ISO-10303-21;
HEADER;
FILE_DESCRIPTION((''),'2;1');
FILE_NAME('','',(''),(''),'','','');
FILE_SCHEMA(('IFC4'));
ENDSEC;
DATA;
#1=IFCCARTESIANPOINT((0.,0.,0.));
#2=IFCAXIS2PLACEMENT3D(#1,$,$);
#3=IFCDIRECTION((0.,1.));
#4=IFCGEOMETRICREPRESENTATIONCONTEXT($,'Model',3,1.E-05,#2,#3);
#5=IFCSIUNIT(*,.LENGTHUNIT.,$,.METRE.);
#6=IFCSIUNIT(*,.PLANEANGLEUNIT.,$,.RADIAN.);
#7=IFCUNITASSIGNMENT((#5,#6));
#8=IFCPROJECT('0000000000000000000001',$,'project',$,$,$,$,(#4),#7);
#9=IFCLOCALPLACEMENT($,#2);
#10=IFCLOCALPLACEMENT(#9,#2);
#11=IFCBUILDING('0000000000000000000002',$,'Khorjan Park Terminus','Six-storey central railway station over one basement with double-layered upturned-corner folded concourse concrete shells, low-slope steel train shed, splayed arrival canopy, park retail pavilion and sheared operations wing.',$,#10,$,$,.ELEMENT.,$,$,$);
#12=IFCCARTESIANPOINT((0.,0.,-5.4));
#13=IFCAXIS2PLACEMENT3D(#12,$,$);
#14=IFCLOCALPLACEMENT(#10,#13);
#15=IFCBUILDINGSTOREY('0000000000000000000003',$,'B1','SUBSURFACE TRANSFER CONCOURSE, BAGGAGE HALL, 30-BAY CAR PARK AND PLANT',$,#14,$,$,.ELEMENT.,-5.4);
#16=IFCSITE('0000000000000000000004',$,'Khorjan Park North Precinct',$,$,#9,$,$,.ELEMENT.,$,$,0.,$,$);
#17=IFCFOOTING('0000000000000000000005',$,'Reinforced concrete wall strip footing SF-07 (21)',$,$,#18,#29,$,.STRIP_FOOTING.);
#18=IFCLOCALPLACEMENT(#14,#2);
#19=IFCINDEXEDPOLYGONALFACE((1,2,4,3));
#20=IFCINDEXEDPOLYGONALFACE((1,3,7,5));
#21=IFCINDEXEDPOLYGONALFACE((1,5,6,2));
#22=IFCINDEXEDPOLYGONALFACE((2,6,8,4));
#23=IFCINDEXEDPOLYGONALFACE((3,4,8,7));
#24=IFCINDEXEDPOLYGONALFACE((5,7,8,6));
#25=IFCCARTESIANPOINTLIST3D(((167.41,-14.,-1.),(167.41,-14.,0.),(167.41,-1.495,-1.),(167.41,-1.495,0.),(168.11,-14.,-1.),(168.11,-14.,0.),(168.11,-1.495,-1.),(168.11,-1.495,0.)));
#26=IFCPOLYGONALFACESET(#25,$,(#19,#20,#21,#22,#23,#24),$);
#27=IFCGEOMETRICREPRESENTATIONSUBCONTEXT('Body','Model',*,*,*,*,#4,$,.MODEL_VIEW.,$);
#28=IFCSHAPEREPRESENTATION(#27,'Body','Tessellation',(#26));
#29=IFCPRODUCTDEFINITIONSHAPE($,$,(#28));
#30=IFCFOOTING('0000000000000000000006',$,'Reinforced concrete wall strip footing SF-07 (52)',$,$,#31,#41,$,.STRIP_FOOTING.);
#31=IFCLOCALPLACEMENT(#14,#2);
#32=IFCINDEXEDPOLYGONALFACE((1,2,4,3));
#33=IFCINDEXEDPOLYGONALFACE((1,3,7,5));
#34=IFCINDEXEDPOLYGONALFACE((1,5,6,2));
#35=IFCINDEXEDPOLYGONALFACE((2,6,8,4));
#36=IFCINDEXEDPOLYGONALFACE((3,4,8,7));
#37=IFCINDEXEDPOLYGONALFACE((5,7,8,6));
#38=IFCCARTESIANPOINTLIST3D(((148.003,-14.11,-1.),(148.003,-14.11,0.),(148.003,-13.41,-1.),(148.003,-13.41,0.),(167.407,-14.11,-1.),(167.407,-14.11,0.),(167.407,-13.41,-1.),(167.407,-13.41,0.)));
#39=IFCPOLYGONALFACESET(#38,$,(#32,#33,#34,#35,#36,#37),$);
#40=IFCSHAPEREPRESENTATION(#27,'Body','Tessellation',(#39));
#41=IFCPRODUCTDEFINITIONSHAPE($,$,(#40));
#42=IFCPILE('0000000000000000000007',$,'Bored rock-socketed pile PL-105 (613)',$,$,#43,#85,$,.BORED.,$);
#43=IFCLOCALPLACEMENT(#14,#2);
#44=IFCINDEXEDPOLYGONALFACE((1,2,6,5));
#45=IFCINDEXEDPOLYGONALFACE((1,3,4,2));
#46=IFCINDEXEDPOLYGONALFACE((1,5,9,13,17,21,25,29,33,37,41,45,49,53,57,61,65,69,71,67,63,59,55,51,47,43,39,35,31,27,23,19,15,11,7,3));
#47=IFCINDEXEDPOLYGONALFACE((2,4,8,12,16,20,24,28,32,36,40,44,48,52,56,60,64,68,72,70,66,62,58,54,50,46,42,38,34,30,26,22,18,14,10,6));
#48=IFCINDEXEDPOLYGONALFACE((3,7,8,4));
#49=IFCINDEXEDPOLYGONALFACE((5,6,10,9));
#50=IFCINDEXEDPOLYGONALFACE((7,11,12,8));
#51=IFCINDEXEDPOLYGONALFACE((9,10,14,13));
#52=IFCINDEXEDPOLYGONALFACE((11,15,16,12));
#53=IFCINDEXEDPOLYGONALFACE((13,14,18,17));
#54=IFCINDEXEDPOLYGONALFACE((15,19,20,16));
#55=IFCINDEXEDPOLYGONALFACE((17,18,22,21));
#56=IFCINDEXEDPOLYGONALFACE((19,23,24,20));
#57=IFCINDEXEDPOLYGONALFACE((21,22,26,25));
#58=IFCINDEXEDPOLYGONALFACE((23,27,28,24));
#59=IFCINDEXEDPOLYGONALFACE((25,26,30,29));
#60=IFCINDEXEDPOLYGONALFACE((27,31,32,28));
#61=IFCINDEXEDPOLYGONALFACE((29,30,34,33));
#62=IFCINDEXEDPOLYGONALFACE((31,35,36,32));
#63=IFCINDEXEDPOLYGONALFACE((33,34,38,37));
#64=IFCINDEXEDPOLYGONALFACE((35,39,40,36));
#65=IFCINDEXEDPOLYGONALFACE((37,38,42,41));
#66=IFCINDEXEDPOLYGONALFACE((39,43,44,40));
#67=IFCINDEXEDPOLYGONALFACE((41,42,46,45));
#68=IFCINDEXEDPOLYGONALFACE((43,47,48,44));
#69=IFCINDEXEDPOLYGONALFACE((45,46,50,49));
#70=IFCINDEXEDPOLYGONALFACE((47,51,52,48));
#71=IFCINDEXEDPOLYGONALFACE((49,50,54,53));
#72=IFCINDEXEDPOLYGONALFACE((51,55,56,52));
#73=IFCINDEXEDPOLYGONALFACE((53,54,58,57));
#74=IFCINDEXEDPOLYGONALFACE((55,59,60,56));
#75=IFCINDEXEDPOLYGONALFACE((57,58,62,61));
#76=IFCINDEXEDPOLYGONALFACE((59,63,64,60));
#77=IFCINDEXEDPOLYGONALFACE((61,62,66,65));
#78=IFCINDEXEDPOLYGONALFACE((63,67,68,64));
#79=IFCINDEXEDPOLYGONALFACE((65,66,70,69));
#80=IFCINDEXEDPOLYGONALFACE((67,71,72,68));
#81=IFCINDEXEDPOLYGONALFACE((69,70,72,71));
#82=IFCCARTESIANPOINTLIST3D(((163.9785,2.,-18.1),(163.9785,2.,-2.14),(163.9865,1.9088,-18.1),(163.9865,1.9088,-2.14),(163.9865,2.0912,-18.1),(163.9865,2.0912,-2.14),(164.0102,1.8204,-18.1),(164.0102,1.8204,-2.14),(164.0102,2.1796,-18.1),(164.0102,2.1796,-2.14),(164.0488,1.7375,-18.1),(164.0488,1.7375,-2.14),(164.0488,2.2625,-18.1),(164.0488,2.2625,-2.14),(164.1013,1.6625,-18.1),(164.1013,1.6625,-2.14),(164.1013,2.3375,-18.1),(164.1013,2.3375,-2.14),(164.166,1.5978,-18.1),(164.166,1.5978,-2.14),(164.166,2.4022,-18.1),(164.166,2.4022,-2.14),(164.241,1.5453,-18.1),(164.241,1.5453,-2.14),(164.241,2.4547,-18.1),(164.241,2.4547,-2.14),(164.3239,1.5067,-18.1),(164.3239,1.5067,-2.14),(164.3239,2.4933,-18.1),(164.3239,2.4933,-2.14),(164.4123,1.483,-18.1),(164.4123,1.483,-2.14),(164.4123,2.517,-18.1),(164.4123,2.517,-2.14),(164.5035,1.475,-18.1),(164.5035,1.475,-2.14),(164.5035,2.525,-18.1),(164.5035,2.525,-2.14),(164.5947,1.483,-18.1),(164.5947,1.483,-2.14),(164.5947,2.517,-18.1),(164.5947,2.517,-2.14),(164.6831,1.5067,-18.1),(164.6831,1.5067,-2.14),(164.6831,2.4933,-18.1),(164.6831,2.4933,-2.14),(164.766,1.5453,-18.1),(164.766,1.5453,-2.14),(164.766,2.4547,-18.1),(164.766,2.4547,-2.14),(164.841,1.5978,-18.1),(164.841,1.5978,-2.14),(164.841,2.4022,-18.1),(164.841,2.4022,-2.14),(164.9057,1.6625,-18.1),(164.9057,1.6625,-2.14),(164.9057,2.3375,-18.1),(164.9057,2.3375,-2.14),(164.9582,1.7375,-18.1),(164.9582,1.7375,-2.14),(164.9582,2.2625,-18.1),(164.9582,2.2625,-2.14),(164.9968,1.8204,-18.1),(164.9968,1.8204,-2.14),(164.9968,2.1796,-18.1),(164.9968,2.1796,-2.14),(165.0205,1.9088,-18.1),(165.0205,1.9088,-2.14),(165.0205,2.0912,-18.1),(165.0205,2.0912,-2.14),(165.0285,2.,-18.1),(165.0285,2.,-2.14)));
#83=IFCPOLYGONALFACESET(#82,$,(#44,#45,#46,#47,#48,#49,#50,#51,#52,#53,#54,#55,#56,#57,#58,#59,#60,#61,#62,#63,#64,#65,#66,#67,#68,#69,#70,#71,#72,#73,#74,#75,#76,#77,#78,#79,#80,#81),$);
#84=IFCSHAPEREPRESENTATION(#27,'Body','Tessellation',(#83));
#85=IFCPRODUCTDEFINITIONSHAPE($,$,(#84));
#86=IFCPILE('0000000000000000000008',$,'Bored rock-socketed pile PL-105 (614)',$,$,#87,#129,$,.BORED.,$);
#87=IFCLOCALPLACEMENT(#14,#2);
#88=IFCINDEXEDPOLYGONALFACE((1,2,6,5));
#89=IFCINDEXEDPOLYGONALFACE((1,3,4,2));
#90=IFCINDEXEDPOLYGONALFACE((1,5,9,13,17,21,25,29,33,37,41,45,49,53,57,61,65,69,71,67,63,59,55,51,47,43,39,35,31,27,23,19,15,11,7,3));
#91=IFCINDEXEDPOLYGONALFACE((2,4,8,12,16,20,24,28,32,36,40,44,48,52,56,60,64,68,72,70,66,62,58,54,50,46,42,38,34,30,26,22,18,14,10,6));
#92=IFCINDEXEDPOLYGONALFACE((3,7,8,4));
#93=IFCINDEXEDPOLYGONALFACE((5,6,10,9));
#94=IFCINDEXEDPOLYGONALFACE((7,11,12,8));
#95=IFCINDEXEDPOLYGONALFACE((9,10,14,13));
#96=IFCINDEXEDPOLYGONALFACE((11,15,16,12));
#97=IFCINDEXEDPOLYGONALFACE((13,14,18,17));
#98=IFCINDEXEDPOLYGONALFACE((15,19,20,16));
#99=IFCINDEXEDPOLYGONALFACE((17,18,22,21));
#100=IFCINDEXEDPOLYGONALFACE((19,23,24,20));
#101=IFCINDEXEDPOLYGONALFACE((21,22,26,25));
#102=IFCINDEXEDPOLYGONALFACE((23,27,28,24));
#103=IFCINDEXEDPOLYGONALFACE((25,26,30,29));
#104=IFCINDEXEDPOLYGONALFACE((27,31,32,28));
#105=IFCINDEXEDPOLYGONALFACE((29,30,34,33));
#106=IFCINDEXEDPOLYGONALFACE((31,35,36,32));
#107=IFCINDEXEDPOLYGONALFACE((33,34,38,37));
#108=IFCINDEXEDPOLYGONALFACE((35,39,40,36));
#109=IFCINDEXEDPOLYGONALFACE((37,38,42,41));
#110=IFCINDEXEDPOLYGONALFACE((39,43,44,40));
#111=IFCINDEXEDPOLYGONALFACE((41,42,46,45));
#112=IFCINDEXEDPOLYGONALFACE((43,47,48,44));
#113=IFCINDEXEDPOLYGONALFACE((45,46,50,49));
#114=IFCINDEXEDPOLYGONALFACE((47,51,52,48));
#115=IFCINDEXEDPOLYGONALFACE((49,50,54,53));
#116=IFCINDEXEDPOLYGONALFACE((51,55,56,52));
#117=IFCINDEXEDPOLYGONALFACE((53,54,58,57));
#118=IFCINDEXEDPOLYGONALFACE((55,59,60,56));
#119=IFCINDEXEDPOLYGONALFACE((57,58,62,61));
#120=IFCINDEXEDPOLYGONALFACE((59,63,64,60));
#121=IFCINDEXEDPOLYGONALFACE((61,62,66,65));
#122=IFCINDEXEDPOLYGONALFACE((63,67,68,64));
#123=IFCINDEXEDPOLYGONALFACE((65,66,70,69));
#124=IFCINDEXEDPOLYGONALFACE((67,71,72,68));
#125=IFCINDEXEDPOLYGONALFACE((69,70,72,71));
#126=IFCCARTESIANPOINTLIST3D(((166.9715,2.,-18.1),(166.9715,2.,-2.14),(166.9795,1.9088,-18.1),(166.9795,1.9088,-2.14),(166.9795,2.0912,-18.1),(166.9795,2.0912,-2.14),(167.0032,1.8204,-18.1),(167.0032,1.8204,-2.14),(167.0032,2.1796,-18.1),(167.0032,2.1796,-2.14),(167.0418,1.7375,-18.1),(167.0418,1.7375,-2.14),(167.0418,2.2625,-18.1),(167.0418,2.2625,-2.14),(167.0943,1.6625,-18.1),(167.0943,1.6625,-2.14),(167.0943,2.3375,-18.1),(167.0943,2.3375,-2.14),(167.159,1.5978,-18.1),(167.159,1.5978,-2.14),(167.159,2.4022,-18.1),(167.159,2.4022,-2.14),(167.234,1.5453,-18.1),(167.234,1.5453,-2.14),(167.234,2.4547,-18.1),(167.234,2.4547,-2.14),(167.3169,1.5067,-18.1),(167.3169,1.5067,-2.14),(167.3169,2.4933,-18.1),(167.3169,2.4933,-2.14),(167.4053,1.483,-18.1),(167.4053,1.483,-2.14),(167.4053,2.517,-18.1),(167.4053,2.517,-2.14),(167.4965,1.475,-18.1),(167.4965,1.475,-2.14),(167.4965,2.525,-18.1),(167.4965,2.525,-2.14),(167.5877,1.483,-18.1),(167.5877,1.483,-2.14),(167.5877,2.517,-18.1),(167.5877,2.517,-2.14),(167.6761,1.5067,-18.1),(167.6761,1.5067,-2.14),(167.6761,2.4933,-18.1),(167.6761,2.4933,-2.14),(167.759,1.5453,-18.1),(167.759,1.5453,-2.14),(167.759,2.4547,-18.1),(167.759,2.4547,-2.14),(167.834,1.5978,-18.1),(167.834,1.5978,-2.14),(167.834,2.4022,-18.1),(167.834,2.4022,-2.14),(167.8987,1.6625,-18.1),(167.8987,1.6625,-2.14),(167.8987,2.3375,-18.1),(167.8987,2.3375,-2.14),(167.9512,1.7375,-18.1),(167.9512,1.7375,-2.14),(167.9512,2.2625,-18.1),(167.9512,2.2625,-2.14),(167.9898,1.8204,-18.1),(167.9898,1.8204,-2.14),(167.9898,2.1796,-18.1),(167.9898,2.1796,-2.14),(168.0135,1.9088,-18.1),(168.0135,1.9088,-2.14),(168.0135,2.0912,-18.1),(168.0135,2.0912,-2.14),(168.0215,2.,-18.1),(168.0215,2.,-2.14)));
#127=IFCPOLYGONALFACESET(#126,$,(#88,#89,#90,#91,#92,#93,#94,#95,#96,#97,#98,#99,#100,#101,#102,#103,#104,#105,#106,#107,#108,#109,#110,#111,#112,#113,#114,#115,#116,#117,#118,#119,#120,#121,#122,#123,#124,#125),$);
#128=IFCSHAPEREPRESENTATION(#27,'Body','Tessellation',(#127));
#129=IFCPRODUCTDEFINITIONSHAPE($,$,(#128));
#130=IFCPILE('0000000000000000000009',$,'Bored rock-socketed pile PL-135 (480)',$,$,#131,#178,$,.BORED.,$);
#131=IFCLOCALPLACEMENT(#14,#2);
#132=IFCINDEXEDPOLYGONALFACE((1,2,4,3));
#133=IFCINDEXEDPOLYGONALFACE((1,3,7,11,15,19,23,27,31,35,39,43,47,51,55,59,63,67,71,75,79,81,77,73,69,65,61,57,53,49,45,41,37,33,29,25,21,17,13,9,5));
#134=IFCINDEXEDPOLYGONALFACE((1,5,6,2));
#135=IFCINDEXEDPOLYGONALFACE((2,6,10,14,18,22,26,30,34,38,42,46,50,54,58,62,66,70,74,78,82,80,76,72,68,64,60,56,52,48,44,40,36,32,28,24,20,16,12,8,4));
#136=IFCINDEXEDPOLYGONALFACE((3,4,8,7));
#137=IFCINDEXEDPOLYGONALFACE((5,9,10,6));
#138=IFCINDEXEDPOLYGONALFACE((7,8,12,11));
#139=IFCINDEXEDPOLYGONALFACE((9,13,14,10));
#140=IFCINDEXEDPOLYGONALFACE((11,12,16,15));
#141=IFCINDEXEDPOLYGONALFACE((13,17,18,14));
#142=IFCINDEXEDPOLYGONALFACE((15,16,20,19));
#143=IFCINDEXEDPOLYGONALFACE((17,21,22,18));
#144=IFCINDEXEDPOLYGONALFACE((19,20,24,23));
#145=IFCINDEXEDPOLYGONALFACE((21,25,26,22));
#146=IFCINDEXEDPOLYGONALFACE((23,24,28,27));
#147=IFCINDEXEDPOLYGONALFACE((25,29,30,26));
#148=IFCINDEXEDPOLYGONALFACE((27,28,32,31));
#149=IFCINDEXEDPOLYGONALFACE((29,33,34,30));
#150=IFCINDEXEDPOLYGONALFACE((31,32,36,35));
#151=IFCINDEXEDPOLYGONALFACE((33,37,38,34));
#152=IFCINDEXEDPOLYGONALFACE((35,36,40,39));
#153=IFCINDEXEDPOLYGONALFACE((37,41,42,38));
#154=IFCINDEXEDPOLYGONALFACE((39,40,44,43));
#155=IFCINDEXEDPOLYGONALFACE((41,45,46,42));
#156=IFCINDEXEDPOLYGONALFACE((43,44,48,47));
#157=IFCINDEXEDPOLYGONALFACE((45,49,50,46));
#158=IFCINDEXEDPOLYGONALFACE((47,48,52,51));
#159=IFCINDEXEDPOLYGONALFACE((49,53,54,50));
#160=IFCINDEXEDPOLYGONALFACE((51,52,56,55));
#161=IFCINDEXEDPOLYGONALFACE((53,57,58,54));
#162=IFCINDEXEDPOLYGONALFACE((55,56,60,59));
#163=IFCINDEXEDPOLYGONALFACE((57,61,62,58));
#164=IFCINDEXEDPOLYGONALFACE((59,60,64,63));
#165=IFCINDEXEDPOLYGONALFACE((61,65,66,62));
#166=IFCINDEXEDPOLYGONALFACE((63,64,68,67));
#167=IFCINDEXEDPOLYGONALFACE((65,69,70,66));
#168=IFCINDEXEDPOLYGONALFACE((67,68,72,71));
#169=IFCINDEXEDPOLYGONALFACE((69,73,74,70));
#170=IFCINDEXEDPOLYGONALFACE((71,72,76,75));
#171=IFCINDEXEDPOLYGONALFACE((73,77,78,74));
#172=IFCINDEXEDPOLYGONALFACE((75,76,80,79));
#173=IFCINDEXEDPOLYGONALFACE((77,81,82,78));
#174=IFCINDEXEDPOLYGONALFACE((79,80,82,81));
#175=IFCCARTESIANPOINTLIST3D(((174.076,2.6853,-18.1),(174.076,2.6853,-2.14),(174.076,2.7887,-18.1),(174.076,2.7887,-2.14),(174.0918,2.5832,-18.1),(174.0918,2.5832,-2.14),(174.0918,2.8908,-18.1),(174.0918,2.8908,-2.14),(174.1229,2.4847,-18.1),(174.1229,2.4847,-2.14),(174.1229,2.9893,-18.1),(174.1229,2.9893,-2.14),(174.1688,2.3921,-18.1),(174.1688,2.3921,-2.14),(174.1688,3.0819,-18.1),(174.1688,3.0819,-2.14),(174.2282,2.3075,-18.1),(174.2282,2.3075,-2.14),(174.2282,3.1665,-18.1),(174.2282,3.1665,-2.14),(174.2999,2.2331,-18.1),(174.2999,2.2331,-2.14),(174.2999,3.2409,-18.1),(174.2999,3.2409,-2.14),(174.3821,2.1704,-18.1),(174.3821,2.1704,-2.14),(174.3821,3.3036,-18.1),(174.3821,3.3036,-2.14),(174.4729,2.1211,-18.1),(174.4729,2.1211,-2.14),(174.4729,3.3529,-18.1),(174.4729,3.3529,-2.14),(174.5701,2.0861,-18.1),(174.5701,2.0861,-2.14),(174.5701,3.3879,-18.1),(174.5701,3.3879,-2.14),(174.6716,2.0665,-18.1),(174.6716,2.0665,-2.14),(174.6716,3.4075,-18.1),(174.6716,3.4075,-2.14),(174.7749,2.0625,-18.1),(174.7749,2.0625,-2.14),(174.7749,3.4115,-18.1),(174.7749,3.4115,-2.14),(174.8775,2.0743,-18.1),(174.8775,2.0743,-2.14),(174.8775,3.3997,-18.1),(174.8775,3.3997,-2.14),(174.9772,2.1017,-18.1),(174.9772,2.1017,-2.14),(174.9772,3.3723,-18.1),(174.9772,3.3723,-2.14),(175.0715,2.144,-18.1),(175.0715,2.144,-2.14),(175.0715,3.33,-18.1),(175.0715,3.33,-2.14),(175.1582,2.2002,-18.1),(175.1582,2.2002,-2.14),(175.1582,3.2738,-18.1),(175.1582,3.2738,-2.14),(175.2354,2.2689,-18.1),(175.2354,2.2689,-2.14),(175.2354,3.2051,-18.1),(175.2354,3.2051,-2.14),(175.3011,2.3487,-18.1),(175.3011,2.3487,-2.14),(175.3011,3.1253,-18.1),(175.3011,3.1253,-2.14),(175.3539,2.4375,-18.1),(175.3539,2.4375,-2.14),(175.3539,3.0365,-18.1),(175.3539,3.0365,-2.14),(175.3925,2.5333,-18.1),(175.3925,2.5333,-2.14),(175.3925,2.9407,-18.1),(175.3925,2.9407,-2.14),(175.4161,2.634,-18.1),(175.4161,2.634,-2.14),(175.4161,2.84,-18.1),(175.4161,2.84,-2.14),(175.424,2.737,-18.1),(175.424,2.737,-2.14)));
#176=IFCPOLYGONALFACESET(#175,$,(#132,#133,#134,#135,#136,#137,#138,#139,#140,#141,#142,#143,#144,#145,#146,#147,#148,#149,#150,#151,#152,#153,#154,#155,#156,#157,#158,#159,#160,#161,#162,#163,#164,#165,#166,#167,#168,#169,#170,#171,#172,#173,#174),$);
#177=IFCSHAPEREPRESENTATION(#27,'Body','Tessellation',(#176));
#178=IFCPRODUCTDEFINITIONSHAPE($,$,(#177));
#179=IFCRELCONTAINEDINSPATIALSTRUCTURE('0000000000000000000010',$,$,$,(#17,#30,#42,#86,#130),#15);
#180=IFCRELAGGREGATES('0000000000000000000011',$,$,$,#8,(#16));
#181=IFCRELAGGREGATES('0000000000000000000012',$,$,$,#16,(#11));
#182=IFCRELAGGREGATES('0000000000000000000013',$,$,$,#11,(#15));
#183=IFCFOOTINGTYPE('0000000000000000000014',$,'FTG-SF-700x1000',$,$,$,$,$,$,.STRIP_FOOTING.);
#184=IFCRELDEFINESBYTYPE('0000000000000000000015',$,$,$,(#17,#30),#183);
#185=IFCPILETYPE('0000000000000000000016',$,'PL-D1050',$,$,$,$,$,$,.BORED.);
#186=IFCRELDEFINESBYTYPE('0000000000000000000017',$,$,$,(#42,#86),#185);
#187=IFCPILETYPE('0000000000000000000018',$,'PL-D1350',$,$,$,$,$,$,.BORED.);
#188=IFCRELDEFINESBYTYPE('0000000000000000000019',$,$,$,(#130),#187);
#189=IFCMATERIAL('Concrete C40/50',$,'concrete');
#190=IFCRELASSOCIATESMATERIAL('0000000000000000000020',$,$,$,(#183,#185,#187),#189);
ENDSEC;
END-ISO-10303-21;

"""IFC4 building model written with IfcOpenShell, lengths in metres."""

from ifc_helpers import new_model, si_unit, direction, frame, origin, origin_2d, place, context, subcontext, project, spatial, rectangle, circle, extrude, material, material_profile, profile_set, type_object, element, save


model = new_model("IFC4")

# Units and contexts
model_context = context("Model", 3, precision=1e-05, world=origin(), true_north=direction((0.0, 1.0)))
body_context = subcontext(model_context, "Body", "Model", "MODEL_VIEW")
ifc_project = project(units=[si_unit("LENGTHUNIT", "METRE"), si_unit("PLANEANGLEUNIT", "RADIAN")], contexts=[model_context])

# Site, building, storey
site_placement = place(None, origin())
site = spatial("IfcSite", under=ifc_project, at=site_placement, Name="Khorjan Park North Precinct", CompositionType="ELEMENT", RefElevation=0.0)
building_placement = place(site_placement, origin())
building = spatial("IfcBuilding", under=site, at=building_placement, Name="Khorjan Park Terminus", Description="Six-storey central railway station over one basement with double-layered upturned-corner folded concourse concrete shells, low-slope steel train shed, splayed arrival canopy, park retail pavilion and sheared operations wing.", CompositionType="ELEMENT")
storey_placement = place(building_placement, frame((0.0, 0.0, -5.4)))
storey = spatial("IfcBuildingStorey", under=building, at=storey_placement, Name="B1", Description="SUBSURFACE TRANSFER CONCOURSE, BAGGAGE HALL, 30-BAY CAR PARK AND PLANT", CompositionType="ELEMENT", Elevation=-5.4)

# Footings
ifc_material_1 = material(Name="Concrete C40/50", Category="concrete")
ifc_material_profile_1 = material_profile(ifc_material_1, rectangle(XDim=0.7, YDim=1.0, at=origin_2d()), Name="RC 700x1000")
ifc_profile_set_1 = profile_set([ifc_material_profile_1], Name="Concrete C40/50")
footing_type = type_object("IfcFootingType", Name="FTG-SF-700x1000", PredefinedType="STRIP_FOOTING", material=ifc_profile_set_1)
footing_1_placement = place(storey_placement, frame((167.76, -1.495, -0.5), z_axis=(0.0, -1.0, 0.0), x_axis=(1.0, 0.0, 0.0)))
element("IfcFooting", 1, at=footing_1_placement, inside=storey, type_object=footing_type, Name="Reinforced concrete wall strip footing SF-07 (21)", PredefinedType="STRIP_FOOTING", context=body_context, shape_type="SweptSolid", body=[
    extrude(rectangle(XDim=0.7, YDim=1.0, at=origin_2d()), origin(), (0.0, 0.0, 1.0), 12.505),
])
footing_2_placement = place(storey_placement, frame((148.003, -13.76, -0.5), z_axis=(1.0, 0.0, 0.0), x_axis=(0.0, 1.0, 0.0)))
element("IfcFooting", 2, at=footing_2_placement, inside=storey, type_object=footing_type, Name="Reinforced concrete wall strip footing SF-07 (52)", PredefinedType="STRIP_FOOTING", context=body_context, shape_type="SweptSolid", body=[
    extrude(rectangle(XDim=0.7, YDim=1.0, at=origin_2d()), origin(), (0.0, 0.0, 1.0), 19.404),
])

# Piles
ifc_material_profile_2 = material_profile(ifc_material_1, circle(Radius=0.525, at=origin_2d()), Name="BORED D1050")
ifc_profile_set_2 = profile_set([ifc_material_profile_2], Name="Concrete C40/50")
pile_type_1 = type_object("IfcPileType", Name="PL-D1050", PredefinedType="BORED", material=ifc_profile_set_2)
for number, where, z_axis, x_axis, name in (
    (3, (164.5035, 2.0, -2.14), (0.0, 0.0, -1.0), (1.0, 0.0, 0.0), "Bored rock-socketed pile PL-105 (613)"),
    (4, (167.4965, 2.0, -2.14), (0.0, 0.0, -1.0), (1.0, 0.0, 0.0), "Bored rock-socketed pile PL-105 (614)"),
):
    element("IfcPile", number, at=place(storey_placement, frame(where, z_axis=z_axis, x_axis=x_axis)), inside=storey, type_object=pile_type_1, Name=name, PredefinedType="BORED", context=body_context, shape_type="SweptSolid", body=[
        extrude(circle(Radius=0.525, at=origin_2d()), origin(), (0.0, 0.0, 1.0), 15.96),
    ])
ifc_material_profile_3 = material_profile(ifc_material_1, circle(Radius=0.675, at=origin_2d()), Name="BORED D1350")
ifc_profile_set_3 = profile_set([ifc_material_profile_3], Name="Concrete C40/50")
pile_type_2 = type_object("IfcPileType", Name="PL-D1350", PredefinedType="BORED", material=ifc_profile_set_3)
for number, where, z_axis, x_axis, name in (
    (5, (174.749, 2.737, -2.14), (0.0, 0.0, -1.0), (1.0, 0.0, 0.0), "Bored rock-socketed pile PL-135 (480)"),
):
    element("IfcPile", number, at=place(storey_placement, frame(where, z_axis=z_axis, x_axis=x_axis)), inside=storey, type_object=pile_type_2, Name=name, PredefinedType="BORED", context=body_context, shape_type="SweptSolid", body=[
        extrude(circle(Radius=0.675, at=origin_2d()), origin(), (0.0, 0.0, 1.0), 15.96),
    ])

save(model, "model.ifc")
